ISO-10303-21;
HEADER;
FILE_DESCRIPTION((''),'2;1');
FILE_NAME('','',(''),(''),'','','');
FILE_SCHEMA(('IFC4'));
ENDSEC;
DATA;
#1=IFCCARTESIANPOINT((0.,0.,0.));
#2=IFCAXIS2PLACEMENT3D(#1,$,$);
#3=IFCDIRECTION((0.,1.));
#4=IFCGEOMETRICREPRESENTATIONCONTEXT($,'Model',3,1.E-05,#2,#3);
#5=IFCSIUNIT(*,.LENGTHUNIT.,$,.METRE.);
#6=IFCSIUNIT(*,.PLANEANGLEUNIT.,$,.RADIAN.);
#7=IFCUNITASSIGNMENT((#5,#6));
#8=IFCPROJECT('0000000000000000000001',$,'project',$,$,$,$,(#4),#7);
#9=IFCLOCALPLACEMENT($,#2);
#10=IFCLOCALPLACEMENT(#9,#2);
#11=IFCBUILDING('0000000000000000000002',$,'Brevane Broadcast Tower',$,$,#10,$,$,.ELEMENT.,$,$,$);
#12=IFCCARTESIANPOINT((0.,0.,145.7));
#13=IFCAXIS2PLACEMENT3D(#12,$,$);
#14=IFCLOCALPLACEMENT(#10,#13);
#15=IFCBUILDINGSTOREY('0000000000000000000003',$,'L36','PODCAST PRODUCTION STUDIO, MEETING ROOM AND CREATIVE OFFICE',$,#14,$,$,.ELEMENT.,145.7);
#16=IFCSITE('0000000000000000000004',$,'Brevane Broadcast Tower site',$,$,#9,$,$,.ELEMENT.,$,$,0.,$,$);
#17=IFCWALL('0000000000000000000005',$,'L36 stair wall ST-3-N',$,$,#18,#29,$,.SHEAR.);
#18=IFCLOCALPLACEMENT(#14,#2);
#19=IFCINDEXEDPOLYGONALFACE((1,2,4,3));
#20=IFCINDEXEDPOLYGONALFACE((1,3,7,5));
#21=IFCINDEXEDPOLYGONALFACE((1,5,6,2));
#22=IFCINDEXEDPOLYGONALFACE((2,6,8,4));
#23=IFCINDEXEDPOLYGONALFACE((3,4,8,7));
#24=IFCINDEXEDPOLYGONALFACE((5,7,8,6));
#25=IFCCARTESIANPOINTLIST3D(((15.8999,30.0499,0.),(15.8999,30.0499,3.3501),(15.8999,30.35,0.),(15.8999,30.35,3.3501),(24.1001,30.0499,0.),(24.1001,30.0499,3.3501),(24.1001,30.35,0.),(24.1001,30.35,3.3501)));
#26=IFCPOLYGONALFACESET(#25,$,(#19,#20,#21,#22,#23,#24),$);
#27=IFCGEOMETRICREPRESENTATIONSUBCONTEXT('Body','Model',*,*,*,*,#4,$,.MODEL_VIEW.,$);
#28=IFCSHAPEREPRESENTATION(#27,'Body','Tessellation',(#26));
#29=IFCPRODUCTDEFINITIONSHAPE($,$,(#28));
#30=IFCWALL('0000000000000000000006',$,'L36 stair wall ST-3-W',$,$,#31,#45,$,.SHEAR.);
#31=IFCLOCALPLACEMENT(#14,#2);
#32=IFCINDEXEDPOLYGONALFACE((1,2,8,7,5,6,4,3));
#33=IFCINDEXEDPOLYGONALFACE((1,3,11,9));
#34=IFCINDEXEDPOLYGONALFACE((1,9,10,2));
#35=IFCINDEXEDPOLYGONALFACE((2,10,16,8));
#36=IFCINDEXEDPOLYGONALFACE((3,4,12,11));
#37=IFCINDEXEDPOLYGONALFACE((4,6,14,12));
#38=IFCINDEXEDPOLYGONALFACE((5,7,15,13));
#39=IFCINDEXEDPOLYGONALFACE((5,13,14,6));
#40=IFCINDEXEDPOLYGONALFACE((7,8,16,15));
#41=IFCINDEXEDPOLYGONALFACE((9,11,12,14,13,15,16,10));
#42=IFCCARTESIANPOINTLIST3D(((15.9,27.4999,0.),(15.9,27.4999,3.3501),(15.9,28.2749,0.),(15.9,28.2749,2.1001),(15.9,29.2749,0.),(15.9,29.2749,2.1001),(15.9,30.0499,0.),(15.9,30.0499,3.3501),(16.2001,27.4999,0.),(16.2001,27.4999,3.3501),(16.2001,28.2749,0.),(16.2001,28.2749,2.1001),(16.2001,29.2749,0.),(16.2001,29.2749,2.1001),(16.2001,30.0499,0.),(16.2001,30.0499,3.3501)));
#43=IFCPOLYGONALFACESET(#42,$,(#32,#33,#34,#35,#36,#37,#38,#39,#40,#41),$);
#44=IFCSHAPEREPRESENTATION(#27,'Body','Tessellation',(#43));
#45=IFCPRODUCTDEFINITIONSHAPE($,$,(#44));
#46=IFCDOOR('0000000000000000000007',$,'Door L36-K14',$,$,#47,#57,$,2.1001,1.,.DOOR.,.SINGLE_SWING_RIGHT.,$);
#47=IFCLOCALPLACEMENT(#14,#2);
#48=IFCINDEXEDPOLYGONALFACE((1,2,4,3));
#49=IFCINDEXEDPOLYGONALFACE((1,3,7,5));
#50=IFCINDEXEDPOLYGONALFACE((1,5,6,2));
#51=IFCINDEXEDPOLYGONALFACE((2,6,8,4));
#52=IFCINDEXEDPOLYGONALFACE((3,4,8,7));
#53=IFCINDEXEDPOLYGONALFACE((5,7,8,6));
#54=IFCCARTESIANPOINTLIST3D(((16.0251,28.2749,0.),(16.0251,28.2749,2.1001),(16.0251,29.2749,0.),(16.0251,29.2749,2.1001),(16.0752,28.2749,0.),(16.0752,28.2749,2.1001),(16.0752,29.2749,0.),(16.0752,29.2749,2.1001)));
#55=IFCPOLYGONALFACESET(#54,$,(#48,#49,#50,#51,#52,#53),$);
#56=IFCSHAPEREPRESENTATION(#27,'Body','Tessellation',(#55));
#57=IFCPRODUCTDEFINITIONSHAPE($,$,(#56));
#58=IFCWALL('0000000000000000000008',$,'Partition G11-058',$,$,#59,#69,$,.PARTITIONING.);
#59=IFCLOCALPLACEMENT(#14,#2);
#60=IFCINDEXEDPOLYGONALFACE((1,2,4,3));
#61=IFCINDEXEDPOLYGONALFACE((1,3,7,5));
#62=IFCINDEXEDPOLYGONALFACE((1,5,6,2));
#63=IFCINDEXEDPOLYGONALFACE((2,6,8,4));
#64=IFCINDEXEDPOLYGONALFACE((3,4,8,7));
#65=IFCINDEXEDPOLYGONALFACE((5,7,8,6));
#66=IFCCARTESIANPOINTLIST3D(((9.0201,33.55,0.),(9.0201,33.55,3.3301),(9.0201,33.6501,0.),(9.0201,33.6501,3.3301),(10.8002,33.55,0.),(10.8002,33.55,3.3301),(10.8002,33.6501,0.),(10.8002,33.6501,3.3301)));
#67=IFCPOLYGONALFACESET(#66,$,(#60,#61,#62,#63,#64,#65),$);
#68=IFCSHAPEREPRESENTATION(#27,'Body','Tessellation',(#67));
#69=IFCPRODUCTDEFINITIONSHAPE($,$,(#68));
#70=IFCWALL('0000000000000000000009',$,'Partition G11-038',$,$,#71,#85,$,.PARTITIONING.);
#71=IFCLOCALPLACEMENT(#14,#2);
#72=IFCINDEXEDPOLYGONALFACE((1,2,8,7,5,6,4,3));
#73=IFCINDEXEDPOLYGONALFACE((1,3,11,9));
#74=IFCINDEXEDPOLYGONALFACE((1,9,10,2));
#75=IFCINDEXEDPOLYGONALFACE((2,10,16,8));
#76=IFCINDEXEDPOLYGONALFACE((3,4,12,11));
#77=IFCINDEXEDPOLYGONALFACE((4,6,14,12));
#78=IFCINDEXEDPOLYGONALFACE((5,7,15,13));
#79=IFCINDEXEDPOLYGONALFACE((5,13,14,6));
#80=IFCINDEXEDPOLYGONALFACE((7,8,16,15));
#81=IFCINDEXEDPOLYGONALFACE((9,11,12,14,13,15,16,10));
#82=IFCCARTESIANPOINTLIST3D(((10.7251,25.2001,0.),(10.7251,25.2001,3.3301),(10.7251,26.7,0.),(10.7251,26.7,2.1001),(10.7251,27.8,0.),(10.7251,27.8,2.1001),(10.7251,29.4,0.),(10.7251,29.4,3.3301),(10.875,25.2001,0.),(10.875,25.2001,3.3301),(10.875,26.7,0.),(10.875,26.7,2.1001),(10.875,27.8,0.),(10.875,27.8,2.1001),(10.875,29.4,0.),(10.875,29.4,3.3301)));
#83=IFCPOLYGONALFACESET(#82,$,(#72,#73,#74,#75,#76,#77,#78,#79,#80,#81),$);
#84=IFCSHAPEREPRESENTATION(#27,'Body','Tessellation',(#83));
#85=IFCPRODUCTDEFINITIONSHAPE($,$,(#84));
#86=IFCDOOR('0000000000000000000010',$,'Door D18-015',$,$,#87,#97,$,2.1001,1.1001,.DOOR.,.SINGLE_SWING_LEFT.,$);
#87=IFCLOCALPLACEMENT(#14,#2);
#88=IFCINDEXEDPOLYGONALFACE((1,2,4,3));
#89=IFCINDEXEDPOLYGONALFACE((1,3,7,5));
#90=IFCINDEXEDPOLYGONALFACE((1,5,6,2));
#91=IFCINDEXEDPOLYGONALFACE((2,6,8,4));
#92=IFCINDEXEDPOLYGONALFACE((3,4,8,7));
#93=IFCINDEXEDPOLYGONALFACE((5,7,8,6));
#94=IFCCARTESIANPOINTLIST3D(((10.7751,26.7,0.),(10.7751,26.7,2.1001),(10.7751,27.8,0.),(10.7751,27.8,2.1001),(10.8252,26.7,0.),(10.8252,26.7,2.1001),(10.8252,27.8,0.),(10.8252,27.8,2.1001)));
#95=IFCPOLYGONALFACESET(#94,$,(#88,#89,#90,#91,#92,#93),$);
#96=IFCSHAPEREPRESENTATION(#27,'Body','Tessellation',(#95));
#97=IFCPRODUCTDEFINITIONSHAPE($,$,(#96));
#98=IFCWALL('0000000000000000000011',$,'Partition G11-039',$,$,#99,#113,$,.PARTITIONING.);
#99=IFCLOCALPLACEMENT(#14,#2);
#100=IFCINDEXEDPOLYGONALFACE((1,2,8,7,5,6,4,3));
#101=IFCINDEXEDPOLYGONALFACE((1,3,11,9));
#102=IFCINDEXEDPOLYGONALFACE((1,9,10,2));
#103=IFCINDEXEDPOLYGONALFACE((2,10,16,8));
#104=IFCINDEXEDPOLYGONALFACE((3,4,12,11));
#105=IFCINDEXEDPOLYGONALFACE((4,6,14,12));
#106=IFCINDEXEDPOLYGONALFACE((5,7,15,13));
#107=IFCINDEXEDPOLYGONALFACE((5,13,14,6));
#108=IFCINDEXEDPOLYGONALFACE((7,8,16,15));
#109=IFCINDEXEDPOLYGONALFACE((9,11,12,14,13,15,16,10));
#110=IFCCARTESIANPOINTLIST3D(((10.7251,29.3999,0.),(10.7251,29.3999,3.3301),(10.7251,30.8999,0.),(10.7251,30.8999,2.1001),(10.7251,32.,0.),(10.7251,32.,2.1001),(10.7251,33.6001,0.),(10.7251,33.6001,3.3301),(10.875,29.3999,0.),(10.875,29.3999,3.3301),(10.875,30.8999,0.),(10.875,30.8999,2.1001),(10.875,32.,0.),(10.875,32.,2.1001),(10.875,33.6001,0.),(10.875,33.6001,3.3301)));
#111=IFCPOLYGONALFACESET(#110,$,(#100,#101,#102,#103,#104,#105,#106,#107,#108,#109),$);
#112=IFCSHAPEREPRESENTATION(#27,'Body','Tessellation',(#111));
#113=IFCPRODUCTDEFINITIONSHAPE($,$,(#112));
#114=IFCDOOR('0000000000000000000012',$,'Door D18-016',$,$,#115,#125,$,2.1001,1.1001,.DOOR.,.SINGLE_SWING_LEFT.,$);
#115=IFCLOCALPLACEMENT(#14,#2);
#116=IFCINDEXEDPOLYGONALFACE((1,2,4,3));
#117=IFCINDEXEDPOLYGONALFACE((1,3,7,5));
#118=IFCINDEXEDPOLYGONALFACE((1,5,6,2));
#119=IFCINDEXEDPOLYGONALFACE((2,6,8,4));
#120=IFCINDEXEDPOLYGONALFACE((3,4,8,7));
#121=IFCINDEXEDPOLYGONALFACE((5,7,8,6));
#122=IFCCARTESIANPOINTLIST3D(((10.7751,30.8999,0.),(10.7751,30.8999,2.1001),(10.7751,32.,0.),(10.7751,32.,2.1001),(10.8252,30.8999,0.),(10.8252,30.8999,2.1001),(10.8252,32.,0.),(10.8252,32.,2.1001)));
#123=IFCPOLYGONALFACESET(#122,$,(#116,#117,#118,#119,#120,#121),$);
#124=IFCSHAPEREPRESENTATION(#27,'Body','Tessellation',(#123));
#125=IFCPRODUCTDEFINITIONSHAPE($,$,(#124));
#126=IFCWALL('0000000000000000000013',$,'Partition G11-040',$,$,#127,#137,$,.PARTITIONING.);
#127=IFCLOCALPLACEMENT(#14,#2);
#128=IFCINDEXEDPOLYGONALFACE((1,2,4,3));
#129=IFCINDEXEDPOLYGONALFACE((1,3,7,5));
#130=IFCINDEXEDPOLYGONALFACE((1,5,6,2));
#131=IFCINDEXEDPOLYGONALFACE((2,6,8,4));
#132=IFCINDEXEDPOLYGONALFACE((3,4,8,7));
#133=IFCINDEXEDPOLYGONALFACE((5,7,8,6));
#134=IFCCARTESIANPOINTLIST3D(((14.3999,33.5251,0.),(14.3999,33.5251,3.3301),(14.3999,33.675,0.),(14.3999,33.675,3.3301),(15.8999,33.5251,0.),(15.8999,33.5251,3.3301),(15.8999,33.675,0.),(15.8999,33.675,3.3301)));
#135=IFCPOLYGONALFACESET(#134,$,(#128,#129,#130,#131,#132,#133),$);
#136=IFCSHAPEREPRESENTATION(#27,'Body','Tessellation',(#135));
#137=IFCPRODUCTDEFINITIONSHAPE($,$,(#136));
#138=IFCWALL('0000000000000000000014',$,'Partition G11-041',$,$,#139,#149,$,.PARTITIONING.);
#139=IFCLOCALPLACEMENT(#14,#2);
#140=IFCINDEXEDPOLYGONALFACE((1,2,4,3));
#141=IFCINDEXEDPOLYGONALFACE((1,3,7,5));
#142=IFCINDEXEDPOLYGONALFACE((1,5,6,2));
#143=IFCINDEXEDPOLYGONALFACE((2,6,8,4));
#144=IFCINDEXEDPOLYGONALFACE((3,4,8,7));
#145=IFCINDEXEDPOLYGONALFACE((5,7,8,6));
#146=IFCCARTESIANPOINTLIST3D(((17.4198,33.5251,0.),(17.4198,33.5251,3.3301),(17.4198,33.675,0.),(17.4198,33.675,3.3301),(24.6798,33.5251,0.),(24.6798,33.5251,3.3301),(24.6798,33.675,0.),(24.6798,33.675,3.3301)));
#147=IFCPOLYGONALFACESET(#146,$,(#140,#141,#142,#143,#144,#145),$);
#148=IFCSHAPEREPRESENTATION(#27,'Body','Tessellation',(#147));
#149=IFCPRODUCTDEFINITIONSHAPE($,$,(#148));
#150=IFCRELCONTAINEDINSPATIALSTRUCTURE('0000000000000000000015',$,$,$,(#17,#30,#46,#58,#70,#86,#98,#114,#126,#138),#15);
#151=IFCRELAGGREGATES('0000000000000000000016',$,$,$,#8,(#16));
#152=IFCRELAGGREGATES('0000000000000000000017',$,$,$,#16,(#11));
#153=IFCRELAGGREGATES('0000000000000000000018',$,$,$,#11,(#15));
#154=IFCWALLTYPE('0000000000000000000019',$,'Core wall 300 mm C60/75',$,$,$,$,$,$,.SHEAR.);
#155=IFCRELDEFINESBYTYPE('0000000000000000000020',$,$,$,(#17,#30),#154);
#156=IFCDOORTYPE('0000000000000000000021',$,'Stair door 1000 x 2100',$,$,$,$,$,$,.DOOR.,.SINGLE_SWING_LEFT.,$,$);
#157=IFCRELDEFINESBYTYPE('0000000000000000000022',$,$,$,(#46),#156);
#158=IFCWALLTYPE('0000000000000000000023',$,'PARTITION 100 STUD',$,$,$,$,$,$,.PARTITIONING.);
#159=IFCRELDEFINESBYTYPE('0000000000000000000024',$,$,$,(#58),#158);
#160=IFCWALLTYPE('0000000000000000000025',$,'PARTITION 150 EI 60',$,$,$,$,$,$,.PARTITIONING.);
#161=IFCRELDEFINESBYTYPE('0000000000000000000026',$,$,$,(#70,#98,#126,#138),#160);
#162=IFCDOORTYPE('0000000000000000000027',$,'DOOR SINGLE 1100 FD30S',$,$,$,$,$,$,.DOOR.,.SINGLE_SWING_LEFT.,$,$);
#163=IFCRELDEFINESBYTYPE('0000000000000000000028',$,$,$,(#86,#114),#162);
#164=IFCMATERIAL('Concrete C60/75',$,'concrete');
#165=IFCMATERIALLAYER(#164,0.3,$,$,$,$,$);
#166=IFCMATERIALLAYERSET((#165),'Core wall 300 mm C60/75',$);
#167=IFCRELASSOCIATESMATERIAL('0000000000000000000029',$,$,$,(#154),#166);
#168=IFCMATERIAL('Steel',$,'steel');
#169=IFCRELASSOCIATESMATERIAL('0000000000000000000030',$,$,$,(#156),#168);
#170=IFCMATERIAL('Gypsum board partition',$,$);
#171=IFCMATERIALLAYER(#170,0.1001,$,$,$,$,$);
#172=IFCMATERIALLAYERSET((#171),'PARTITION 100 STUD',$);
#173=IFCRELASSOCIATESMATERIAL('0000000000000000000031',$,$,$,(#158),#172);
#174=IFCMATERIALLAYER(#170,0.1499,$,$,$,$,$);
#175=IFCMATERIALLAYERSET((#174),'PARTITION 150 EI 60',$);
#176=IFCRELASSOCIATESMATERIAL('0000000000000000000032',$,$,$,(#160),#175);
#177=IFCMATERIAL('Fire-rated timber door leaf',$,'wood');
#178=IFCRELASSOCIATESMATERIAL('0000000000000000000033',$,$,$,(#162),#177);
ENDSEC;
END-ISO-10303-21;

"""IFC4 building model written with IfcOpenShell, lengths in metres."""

from ifc_helpers import new_model, si_unit, direction, frame, frame_2d, origin, place, context, subcontext, project, spatial, rectangle, extrude, material, layer, layer_set, type_object, element, fill, save


model = new_model("IFC4")

# Units and contexts
model_context = context("Model", 3, precision=1e-05, world=origin(), true_north=direction((0.0, 1.0)))
body_context = subcontext(model_context, "Body", "Model", "MODEL_VIEW")
ifc_project = project(units=[si_unit("LENGTHUNIT", "METRE"), si_unit("PLANEANGLEUNIT", "RADIAN")], contexts=[model_context])

# Site, building, storey
site_placement = place(None, origin())
site = spatial("IfcSite", under=ifc_project, at=site_placement, Name="Brevane Broadcast Tower site", CompositionType="ELEMENT", RefElevation=0.0)
building_placement = place(site_placement, origin())
building = spatial("IfcBuilding", under=site, at=building_placement, Name="Brevane Broadcast Tower", CompositionType="ELEMENT")
storey_placement = place(building_placement, frame((0.0, 0.0, 145.7)))
storey = spatial("IfcBuildingStorey", under=building, at=storey_placement, Name="L36", Description="PODCAST PRODUCTION STUDIO, MEETING ROOM AND CREATIVE OFFICE", CompositionType="ELEMENT", Elevation=145.7)

# Shared definitions
ifc_material_1 = material(Name="Concrete C60/75", Category="concrete")

# Shared definitions
ifc_material_2 = material(Name="Steel", Category="steel")

# Shared definitions
ifc_layer_1 = layer(ifc_material_1, 0.3)
ifc_layer_set_1 = layer_set([ifc_layer_1], Name="Core wall 300 mm C60/75")
wall_type_1 = type_object("IfcWallType", Name="Core wall 300 mm C60/75", PredefinedType="SHEAR", material=ifc_layer_set_1)
door_type_1 = type_object("IfcDoorType", Name="Stair door 1000 x 2100", OperationType="SINGLE_SWING_LEFT", PredefinedType="DOOR", material=ifc_material_2)

# Wall
for number, where, z_axis, x_axis, name in (
    (1, (15.8999, 30.2, 0.0), (0.0, 0.0, 1.0), (1.0, 0.0, 0.0), "L36 stair wall ST-3-N"),
):
    element("IfcWall", number, at=place(storey_placement, frame(where, z_axis=z_axis, x_axis=x_axis)), inside=storey, type_object=wall_type_1, Name=name, PredefinedType="SHEAR", context=body_context, shape_type="SweptSolid", body=[
        extrude(rectangle(XDim=8.2002, YDim=0.3, at=frame_2d((4.1001, 0.0))), origin(), (0.0, 0.0, 1.0), 3.3501),
    ])

# Wall, opening, door
wall_1_placement = place(storey_placement, frame((16.05, 27.5, 0.0), z_axis=(0.0, 0.0, 1.0), x_axis=(0.0, 1.0, 0.0)))
wall_1 = element("IfcWall", 2, at=wall_1_placement, inside=storey, type_object=wall_type_1, Name="L36 stair wall ST-3-W", PredefinedType="SHEAR", context=body_context, shape_type="SweptSolid", body=[
    extrude(rectangle(XDim=2.55, YDim=0.3, at=frame_2d((1.2749, 0.0))), origin(), (0.0, 0.0, 1.0), 3.3501),
])
opening_1_placement = place(wall_1_placement, frame((0.7749, 0.0, 0.0)))
opening_1 = element("IfcOpeningElement", 3, at=opening_1_placement, cuts=wall_1, PredefinedType="OPENING", context=body_context, shape_type="SweptSolid", body=[
    extrude(rectangle(XDim=1.0, YDim=2.1001, at=frame_2d((0.5, 1.05))), frame((0.0, 0.1599, 0.0), z_axis=(0.0, -1.0, 0.0), x_axis=(1.0, 0.0, 0.0)), (0.0, 0.0, 1.0), 0.3201),
])
door_1_placement = place(opening_1_placement, origin())
door_1 = element("IfcDoor", 4, at=door_1_placement, inside=storey, type_object=door_type_1, Name="Door L36-K14", OperationType="SINGLE_SWING_RIGHT", OverallHeight=2.1001, OverallWidth=1.0, PredefinedType="DOOR", context=body_context, shape_type="SweptSolid", body=[
    extrude(rectangle(XDim=1.0, YDim=2.1001, at=frame_2d((0.5, 1.05))), frame((0.0, 0.0249, 0.0), z_axis=(0.0, -1.0, 0.0), x_axis=(1.0, 0.0, 0.0)), (0.0, 0.0, 1.0), 0.05),
])
fill(opening_1, door_1)

# Wall
ifc_material_3 = material(Name="Gypsum board partition")
ifc_layer_2 = layer(ifc_material_3, 0.1001)
ifc_layer_set_2 = layer_set([ifc_layer_2], Name="PARTITION 100 STUD")
wall_type_2 = type_object("IfcWallType", Name="PARTITION 100 STUD", PredefinedType="PARTITIONING", material=ifc_layer_set_2)
wall_2_placement = place(storey_placement, frame((9.02, 33.6001, 0.0), z_axis=(0.0, 0.0, 1.0), x_axis=(1.0, 0.0, 0.0)))
element("IfcWall", 5, at=wall_2_placement, inside=storey, type_object=wall_type_2, Name="Partition G11-058", PredefinedType="PARTITIONING", context=body_context, shape_type="SweptSolid", body=[
    extrude(rectangle(XDim=1.78, YDim=0.1001, at=frame_2d((0.8901, 0.0))), origin(), (0.0, 0.0, 1.0), 3.3301),
])

# Walls, openings, doors
ifc_layer_3 = layer(ifc_material_3, 0.1499)
ifc_layer_set_3 = layer_set([ifc_layer_3], Name="PARTITION 150 EI 60")
wall_type_3 = type_object("IfcWallType", Name="PARTITION 150 EI 60", PredefinedType="PARTITIONING", material=ifc_layer_set_3)
wall_3_placement = place(storey_placement, frame((10.8, 25.2, 0.0), z_axis=(0.0, 0.0, 1.0), x_axis=(0.0, 1.0, 0.0)))
wall_3 = element("IfcWall", 6, at=wall_3_placement, inside=storey, type_object=wall_type_3, Name="Partition G11-038", PredefinedType="PARTITIONING", context=body_context, shape_type="SweptSolid", body=[
    extrude(rectangle(XDim=4.2, YDim=0.1499, at=frame_2d((2.1001, 0.0))), origin(), (0.0, 0.0, 1.0), 3.3301),
])
opening_2_placement = place(wall_3_placement, frame((1.5, 0.0, 0.0)))
opening_2 = element("IfcOpeningElement", 7, at=opening_2_placement, cuts=wall_3, PredefinedType="OPENING", context=body_context, shape_type="SweptSolid", body=[
    extrude(rectangle(XDim=1.1001, YDim=2.1001, at=frame_2d((0.55, 1.05))), frame((0.0, 0.085, 0.0), z_axis=(0.0, -1.0, 0.0), x_axis=(1.0, 0.0, 0.0)), (0.0, 0.0, 1.0), 0.1699),
])
ifc_material_4 = material(Name="Fire-rated timber door leaf", Category="wood")
door_type_2 = type_object("IfcDoorType", Name="DOOR SINGLE 1100 FD30S", OperationType="SINGLE_SWING_LEFT", PredefinedType="DOOR", material=ifc_material_4)
door_2_placement = place(opening_2_placement, origin())
door_2 = element("IfcDoor", 8, at=door_2_placement, inside=storey, type_object=door_type_2, Name="Door D18-015", OperationType="SINGLE_SWING_LEFT", OverallHeight=2.1001, OverallWidth=1.1001, PredefinedType="DOOR", context=body_context, shape_type="SweptSolid", body=[
    extrude(rectangle(XDim=1.1001, YDim=2.1001, at=frame_2d((0.55, 1.05))), frame((0.0, 0.0249, 0.0), z_axis=(0.0, -1.0, 0.0), x_axis=(1.0, 0.0, 0.0)), (0.0, 0.0, 1.0), 0.05),
])
fill(opening_2, door_2)
wall_4_placement = place(storey_placement, frame((10.8, 29.3999, 0.0), z_axis=(0.0, 0.0, 1.0), x_axis=(0.0, 1.0, 0.0)))
wall_4 = element("IfcWall", 9, at=wall_4_placement, inside=storey, type_object=wall_type_3, Name="Partition G11-039", PredefinedType="PARTITIONING", context=body_context, shape_type="SweptSolid", body=[
    extrude(rectangle(XDim=4.2002, YDim=0.1499, at=frame_2d((2.1001, 0.0))), origin(), (0.0, 0.0, 1.0), 3.3301),
])
opening_3_placement = place(wall_4_placement, frame((1.5, 0.0, 0.0)))
opening_3 = element("IfcOpeningElement", 10, at=opening_3_placement, cuts=wall_4, PredefinedType="OPENING", context=body_context, shape_type="SweptSolid", body=[
    extrude(rectangle(XDim=1.1001, YDim=2.1001, at=frame_2d((0.55, 1.05))), frame((0.0, 0.085, 0.0), z_axis=(0.0, -1.0, 0.0), x_axis=(1.0, 0.0, 0.0)), (0.0, 0.0, 1.0), 0.1699),
])
door_3_placement = place(opening_3_placement, origin())
door_3 = element("IfcDoor", 11, at=door_3_placement, inside=storey, type_object=door_type_2, Name="Door D18-016", OperationType="SINGLE_SWING_LEFT", OverallHeight=2.1001, OverallWidth=1.1001, PredefinedType="DOOR", context=body_context, shape_type="SweptSolid", body=[
    extrude(rectangle(XDim=1.1001, YDim=2.1001, at=frame_2d((0.55, 1.05))), frame((0.0, 0.0249, 0.0), z_axis=(0.0, -1.0, 0.0), x_axis=(1.0, 0.0, 0.0)), (0.0, 0.0, 1.0), 0.05),
])
fill(opening_3, door_3)

# Walls
wall_5_placement = place(storey_placement, frame((14.3999, 33.6001, 0.0), z_axis=(0.0, 0.0, 1.0), x_axis=(1.0, 0.0, 0.0)))
element("IfcWall", 12, at=wall_5_placement, inside=storey, type_object=wall_type_3, Name="Partition G11-040", PredefinedType="PARTITIONING", context=body_context, shape_type="SweptSolid", body=[
    extrude(rectangle(XDim=1.5, YDim=0.1499, at=frame_2d((0.75, 0.0))), origin(), (0.0, 0.0, 1.0), 3.3301),
])
wall_6_placement = place(storey_placement, frame((17.4199, 33.6001, 0.0), z_axis=(0.0, 0.0, 1.0), x_axis=(1.0, 0.0, 0.0)))
element("IfcWall", 13, at=wall_6_placement, inside=storey, type_object=wall_type_3, Name="Partition G11-041", PredefinedType="PARTITIONING", context=body_context, shape_type="SweptSolid", body=[
    extrude(rectangle(XDim=7.26, YDim=0.1499, at=frame_2d((3.6299, 0.0))), origin(), (0.0, 0.0, 1.0), 3.3301),
])

save(model, "model.ifc")
